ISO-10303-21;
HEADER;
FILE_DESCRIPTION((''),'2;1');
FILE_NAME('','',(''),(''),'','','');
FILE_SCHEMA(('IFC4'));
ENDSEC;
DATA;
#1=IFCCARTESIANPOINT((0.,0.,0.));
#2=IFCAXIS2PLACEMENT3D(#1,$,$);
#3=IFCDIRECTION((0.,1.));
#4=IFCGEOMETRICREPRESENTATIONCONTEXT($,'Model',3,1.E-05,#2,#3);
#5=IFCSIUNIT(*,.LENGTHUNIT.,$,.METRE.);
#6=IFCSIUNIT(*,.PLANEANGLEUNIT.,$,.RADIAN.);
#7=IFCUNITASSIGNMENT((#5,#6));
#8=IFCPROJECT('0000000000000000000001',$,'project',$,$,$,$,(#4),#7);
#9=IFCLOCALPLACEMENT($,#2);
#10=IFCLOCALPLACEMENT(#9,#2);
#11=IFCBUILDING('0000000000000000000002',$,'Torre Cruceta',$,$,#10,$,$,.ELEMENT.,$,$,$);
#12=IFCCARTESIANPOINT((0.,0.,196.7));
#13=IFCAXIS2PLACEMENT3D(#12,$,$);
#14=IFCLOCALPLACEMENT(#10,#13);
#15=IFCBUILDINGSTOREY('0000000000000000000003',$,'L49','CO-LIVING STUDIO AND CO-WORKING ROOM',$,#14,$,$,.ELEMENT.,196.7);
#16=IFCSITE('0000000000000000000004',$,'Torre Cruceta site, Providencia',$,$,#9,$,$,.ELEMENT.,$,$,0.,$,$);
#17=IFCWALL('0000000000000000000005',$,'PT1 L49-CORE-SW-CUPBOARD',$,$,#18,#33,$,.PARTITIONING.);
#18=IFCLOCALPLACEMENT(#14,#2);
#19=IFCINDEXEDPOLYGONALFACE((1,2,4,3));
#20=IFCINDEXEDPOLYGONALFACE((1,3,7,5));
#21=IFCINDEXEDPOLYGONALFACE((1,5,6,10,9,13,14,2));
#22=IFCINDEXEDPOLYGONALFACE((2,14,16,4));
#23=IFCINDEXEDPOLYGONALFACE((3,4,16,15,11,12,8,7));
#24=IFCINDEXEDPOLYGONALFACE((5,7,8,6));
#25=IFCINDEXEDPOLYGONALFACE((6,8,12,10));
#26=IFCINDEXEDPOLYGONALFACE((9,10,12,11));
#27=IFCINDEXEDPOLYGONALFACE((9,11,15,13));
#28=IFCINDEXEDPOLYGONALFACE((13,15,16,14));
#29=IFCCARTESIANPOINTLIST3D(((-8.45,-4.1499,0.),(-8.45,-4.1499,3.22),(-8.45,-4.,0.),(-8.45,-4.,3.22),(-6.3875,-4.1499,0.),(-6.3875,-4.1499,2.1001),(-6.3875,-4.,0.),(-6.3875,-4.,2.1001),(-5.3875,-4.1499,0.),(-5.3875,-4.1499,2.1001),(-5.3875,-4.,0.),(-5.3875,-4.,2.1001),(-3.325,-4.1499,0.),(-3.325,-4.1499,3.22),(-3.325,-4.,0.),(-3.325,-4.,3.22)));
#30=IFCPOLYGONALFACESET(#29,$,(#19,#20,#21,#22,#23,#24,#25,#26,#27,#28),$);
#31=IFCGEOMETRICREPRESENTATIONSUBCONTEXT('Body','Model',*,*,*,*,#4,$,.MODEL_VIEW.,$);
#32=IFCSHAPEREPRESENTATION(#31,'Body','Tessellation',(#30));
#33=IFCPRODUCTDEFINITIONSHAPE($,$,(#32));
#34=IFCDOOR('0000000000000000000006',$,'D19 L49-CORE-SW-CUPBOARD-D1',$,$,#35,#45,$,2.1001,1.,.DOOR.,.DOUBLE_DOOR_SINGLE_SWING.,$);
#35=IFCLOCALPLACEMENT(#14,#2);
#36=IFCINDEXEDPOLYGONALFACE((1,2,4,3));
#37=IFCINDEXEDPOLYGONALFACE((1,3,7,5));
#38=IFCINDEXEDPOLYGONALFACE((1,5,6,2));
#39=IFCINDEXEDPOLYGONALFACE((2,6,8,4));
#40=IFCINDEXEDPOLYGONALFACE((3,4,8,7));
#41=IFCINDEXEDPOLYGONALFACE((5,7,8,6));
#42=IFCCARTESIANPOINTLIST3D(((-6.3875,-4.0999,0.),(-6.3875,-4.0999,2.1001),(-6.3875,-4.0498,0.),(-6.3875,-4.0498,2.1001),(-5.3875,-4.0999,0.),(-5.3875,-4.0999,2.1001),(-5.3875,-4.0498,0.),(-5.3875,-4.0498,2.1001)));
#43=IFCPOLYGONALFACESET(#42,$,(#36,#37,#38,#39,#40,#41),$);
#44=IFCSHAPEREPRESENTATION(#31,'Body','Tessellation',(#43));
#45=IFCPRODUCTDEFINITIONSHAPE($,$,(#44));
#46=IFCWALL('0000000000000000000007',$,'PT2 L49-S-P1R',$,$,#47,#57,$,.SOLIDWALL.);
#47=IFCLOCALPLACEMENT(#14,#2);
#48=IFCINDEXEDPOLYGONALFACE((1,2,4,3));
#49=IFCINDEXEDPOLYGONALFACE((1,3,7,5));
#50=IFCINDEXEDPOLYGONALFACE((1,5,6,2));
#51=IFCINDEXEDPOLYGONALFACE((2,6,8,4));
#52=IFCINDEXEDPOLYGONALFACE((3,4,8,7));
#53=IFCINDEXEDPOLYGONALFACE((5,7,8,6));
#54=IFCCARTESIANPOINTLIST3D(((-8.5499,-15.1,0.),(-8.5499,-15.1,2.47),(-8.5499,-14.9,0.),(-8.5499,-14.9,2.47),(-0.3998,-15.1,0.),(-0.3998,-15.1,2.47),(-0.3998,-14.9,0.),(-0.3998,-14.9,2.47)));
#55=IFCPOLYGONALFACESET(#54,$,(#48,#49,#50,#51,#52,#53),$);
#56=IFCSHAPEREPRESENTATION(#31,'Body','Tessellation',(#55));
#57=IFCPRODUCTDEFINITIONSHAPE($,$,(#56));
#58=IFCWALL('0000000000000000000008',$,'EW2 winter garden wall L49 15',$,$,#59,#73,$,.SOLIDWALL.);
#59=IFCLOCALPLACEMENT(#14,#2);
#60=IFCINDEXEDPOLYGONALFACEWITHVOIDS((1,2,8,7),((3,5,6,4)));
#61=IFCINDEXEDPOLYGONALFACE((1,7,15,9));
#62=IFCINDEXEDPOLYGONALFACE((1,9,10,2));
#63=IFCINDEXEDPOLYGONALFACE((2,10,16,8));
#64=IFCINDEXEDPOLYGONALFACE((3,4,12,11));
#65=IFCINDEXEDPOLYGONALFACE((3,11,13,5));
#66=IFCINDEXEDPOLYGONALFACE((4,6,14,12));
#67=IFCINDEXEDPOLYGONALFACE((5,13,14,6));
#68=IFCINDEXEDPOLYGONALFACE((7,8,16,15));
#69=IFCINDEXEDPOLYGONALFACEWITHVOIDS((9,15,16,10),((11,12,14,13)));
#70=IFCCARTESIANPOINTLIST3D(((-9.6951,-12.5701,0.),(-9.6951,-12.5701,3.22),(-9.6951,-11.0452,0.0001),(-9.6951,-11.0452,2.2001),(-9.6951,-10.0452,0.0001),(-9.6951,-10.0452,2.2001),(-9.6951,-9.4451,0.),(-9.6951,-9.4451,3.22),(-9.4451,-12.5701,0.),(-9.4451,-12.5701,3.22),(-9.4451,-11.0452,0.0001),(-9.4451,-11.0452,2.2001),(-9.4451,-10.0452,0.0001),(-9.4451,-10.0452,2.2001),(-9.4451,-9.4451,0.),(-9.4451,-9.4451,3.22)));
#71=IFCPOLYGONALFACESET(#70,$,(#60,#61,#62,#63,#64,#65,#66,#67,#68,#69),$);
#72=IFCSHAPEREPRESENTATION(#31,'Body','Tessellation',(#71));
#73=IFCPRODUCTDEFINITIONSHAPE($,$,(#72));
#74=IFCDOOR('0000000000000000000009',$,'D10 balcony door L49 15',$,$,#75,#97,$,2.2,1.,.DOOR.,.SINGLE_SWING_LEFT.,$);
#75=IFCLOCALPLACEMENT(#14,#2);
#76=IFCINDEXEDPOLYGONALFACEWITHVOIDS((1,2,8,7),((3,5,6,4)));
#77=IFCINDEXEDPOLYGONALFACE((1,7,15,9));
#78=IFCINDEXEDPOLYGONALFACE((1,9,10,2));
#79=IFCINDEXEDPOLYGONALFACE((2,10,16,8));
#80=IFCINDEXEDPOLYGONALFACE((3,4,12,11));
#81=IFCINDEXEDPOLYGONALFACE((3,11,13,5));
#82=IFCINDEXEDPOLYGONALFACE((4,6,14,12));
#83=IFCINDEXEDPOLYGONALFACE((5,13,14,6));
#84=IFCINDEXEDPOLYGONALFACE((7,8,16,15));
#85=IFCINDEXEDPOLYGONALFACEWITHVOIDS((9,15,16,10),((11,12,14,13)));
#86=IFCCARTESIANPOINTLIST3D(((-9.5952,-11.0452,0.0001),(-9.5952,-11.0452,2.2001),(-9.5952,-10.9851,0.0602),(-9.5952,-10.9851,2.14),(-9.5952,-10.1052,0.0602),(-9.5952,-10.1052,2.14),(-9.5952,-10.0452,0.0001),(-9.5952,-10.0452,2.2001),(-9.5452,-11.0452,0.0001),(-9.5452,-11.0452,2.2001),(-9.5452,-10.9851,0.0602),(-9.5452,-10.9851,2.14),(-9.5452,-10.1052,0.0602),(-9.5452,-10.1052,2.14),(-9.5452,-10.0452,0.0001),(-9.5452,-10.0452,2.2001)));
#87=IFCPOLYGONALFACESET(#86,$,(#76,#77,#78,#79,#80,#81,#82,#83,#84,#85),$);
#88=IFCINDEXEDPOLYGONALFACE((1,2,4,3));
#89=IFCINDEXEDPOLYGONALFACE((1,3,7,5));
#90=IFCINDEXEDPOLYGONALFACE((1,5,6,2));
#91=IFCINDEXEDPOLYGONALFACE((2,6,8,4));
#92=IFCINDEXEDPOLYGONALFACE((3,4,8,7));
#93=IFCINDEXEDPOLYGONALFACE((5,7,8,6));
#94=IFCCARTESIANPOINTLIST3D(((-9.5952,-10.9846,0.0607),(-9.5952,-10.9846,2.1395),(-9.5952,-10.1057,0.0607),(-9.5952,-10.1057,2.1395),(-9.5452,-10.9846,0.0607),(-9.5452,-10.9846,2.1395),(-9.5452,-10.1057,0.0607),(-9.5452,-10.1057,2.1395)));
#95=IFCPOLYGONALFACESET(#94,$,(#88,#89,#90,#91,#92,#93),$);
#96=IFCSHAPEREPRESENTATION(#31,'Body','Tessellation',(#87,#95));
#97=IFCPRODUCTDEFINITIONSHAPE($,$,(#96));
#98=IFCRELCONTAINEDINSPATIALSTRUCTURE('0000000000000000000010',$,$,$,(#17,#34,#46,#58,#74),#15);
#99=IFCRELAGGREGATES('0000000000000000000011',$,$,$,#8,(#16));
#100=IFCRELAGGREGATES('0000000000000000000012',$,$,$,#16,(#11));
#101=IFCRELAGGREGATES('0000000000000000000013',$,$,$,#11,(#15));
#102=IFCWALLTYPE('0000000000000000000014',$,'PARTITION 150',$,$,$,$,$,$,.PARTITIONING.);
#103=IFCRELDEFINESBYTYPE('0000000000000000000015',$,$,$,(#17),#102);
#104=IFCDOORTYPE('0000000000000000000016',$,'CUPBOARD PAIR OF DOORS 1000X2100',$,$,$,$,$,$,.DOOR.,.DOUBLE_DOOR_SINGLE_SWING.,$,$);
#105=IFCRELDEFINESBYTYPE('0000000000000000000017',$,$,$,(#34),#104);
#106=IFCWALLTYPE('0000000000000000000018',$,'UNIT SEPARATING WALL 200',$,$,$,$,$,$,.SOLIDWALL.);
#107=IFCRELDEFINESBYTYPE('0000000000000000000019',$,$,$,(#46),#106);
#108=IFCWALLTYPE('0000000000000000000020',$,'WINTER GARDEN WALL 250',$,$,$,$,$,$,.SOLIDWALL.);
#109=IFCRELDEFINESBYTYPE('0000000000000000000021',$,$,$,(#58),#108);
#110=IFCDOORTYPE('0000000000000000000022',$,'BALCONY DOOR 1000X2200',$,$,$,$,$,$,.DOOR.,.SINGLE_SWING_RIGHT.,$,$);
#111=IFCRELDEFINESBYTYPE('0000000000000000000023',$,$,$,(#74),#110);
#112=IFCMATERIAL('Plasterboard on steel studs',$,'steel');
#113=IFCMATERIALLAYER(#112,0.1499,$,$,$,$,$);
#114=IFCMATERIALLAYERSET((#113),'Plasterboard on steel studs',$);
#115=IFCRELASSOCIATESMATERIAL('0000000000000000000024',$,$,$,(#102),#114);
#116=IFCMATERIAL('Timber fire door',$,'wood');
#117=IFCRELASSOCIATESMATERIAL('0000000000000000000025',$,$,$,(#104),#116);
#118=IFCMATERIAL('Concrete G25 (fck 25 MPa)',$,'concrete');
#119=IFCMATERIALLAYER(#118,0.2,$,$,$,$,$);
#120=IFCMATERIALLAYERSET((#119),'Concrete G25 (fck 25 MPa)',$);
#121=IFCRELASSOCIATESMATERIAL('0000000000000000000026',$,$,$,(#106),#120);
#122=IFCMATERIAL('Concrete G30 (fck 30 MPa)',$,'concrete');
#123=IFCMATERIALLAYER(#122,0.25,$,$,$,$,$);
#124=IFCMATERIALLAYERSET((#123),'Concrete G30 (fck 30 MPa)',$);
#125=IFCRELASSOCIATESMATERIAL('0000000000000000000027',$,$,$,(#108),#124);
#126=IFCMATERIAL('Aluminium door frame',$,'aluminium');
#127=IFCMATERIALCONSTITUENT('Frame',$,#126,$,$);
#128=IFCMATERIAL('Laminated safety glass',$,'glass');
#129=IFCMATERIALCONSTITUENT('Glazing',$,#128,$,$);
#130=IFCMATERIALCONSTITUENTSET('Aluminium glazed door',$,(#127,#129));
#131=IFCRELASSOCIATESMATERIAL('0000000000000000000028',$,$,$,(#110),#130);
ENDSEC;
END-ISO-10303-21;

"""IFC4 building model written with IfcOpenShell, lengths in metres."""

from ifc_helpers import new_model, si_unit, direction, frame, frame_2d, origin, place, context, subcontext, project, spatial, rectangle, hollow_rectangle, extrude, material, layer, layer_set, constituent, constituent_set, type_object, element, fill, save


model = new_model("IFC4")

# Units and contexts
model_context = context("Model", 3, precision=1e-05, world=origin(), true_north=direction((0.0, 1.0)))
body_context = subcontext(model_context, "Body", "Model", "MODEL_VIEW")
ifc_project = project(units=[si_unit("LENGTHUNIT", "METRE"), si_unit("PLANEANGLEUNIT", "RADIAN")], contexts=[model_context])

# Site, building, storey
site_placement = place(None, origin())
site = spatial("IfcSite", under=ifc_project, at=site_placement, Name="Torre Cruceta site, Providencia", CompositionType="ELEMENT", RefElevation=0.0)
building_placement = place(site_placement, origin())
building = spatial("IfcBuilding", under=site, at=building_placement, Name="Torre Cruceta", CompositionType="ELEMENT")
storey_placement = place(building_placement, frame((0.0, 0.0, 196.7)))
storey = spatial("IfcBuildingStorey", under=building, at=storey_placement, Name="L49", Description="CO-LIVING STUDIO AND CO-WORKING ROOM", CompositionType="ELEMENT", Elevation=196.7)

# Wall, opening, door
ifc_material_1 = material(Name="Plasterboard on steel studs", Category="steel")
ifc_layer_1 = layer(ifc_material_1, 0.1499)
ifc_layer_set_1 = layer_set([ifc_layer_1], Name="Plasterboard on steel studs")
wall_type_1 = type_object("IfcWallType", Name="PARTITION 150", PredefinedType="PARTITIONING", material=ifc_layer_set_1)
wall_1_placement = place(storey_placement, frame((-3.325, -4.075, 0.0), z_axis=(0.0, 0.0, 1.0), x_axis=(-1.0, 0.0, 0.0)))
wall_1 = element("IfcWall", 1, at=wall_1_placement, inside=storey, type_object=wall_type_1, Name="PT1 L49-CORE-SW-CUPBOARD", PredefinedType="PARTITIONING", context=body_context, shape_type="SweptSolid", body=[
    extrude(rectangle(XDim=5.125, YDim=0.1499, at=frame_2d((2.5625, 0.0))), origin(), (0.0, 0.0, 1.0), 3.22),
])
opening_1_placement = place(wall_1_placement, frame((2.0625, 0.0, 0.0)))
opening_1 = element("IfcOpeningElement", 2, at=opening_1_placement, cuts=wall_1, PredefinedType="OPENING", context=body_context, shape_type="SweptSolid", body=[
    extrude(rectangle(XDim=1.0, YDim=2.1001, at=frame_2d((0.5, 1.05))), frame((0.0, 0.085, 0.0), z_axis=(0.0, -1.0, 0.0), x_axis=(1.0, 0.0, 0.0)), (0.0, 0.0, 1.0), 0.1699),
])
ifc_material_2 = material(Name="Timber fire door", Category="wood")
door_type_1 = type_object("IfcDoorType", Name="CUPBOARD PAIR OF DOORS 1000X2100", OperationType="DOUBLE_DOOR_SINGLE_SWING", PredefinedType="DOOR", material=ifc_material_2)
door_1_placement = place(opening_1_placement, frame((1.0, 0.0, 0.0), z_axis=(0.0, 0.0, 1.0), x_axis=(-1.0, 0.0, 0.0)))
door_1 = element("IfcDoor", 3, at=door_1_placement, inside=storey, type_object=door_type_1, Name="D19 L49-CORE-SW-CUPBOARD-D1", OperationType="DOUBLE_DOOR_SINGLE_SWING", OverallHeight=2.1001, OverallWidth=1.0, PredefinedType="DOOR", context=body_context, shape_type="SweptSolid", body=[
    extrude(rectangle(XDim=1.0, YDim=2.1001, at=frame_2d((0.5, 1.05))), frame((0.0, 0.0251, 0.0), z_axis=(0.0, -1.0, 0.0), x_axis=(1.0, 0.0, 0.0)), (0.0, 0.0, 1.0), 0.05),
])
fill(opening_1, door_1)

# Wall
ifc_material_3 = material(Name="Concrete G25 (fck 25 MPa)", Category="concrete")
ifc_layer_2 = layer(ifc_material_3, 0.2)
ifc_layer_set_2 = layer_set([ifc_layer_2], Name="Concrete G25 (fck 25 MPa)")
wall_type_2 = type_object("IfcWallType", Name="UNIT SEPARATING WALL 200", PredefinedType="SOLIDWALL", material=ifc_layer_set_2)
wall_2_placement = place(storey_placement, frame((-8.55, -15.0, 0.0), z_axis=(0.0, 0.0, 1.0), x_axis=(1.0, 0.0, 0.0)))
element("IfcWall", 4, at=wall_2_placement, inside=storey, type_object=wall_type_2, Name="PT2 L49-S-P1R", PredefinedType="SOLIDWALL", context=body_context, shape_type="SweptSolid", body=[
    extrude(rectangle(XDim=8.1501, YDim=0.2, at=frame_2d((4.0752, 0.0))), origin(), (0.0, 0.0, 1.0), 2.47),
])

# Wall, opening, door
ifc_material_4 = material(Name="Concrete G30 (fck 30 MPa)", Category="concrete")
ifc_layer_3 = layer(ifc_material_4, 0.25)
ifc_layer_set_3 = layer_set([ifc_layer_3], Name="Concrete G30 (fck 30 MPa)")
wall_type_3 = type_object("IfcWallType", Name="WINTER GARDEN WALL 250", PredefinedType="SOLIDWALL", material=ifc_layer_set_3)
wall_3_placement = place(storey_placement, frame((-9.5701, -9.4451, 0.0), z_axis=(0.0, 0.0, 1.0), x_axis=(0.0, -1.0, 0.0)))
wall_3 = element("IfcWall", 5, at=wall_3_placement, inside=storey, type_object=wall_type_3, Name="EW2 winter garden wall L49 15", PredefinedType="SOLIDWALL", context=body_context, shape_type="SweptSolid", body=[
    extrude(rectangle(XDim=3.125, YDim=0.25, at=frame_2d((1.5625, 0.0))), origin(), (0.0, 0.0, 1.0), 3.22),
])
opening_2_placement = place(wall_3_placement, frame((0.6001, 0.0, 0.0)))
opening_2 = element("IfcOpeningElement", 6, at=opening_2_placement, cuts=wall_3, PredefinedType="OPENING", context=body_context, shape_type="SweptSolid", body=[
    extrude(rectangle(XDim=1.0, YDim=2.2, at=frame_2d((0.5, 1.1001))), frame((0.0, 0.135, 0.0), z_axis=(0.0, -1.0, 0.0), x_axis=(1.0, 0.0, 0.0)), (0.0, 0.0, 1.0), 0.27),
])
ifc_material_5 = material(Name="Aluminium door frame", Category="aluminium")
ifc_constituent_1 = constituent(ifc_material_5, Name="Frame")
ifc_material_6 = material(Name="Laminated safety glass", Category="glass")
ifc_constituent_2 = constituent(ifc_material_6, Name="Glazing")
ifc_constituent_set_1 = constituent_set(constituents=[ifc_constituent_1, ifc_constituent_2], Name="Aluminium glazed door")
door_type_2 = type_object("IfcDoorType", Name="BALCONY DOOR 1000X2200", OperationType="SINGLE_SWING_RIGHT", PredefinedType="DOOR", material=ifc_constituent_set_1)
door_2_placement = place(opening_2_placement, origin())
door_2 = element("IfcDoor", 7, at=door_2_placement, inside=storey, type_object=door_type_2, Name="D10 balcony door L49 15", OperationType="SINGLE_SWING_LEFT", OverallHeight=2.2, OverallWidth=1.0, PredefinedType="DOOR", context=body_context, shape_type="SweptSolid", body=[
    extrude(hollow_rectangle(XDim=1.0, YDim=2.2, WallThickness=0.0601, at=frame_2d((0.5, 1.1001))), frame((0.0, 0.0249, 0.0), z_axis=(0.0, -1.0, 0.0), x_axis=(1.0, 0.0, 0.0)), (0.0, 0.0, 1.0), 0.05),
    extrude(rectangle(XDim=0.8789, YDim=2.0789, at=frame_2d((0.5, 1.1001))), frame((0.0, 0.0249, 0.0), z_axis=(0.0, -1.0, 0.0), x_axis=(1.0, 0.0, 0.0)), (0.0, 0.0, 1.0), 0.05),
])
fill(opening_2, door_2)

save(model, "model.ifc")
